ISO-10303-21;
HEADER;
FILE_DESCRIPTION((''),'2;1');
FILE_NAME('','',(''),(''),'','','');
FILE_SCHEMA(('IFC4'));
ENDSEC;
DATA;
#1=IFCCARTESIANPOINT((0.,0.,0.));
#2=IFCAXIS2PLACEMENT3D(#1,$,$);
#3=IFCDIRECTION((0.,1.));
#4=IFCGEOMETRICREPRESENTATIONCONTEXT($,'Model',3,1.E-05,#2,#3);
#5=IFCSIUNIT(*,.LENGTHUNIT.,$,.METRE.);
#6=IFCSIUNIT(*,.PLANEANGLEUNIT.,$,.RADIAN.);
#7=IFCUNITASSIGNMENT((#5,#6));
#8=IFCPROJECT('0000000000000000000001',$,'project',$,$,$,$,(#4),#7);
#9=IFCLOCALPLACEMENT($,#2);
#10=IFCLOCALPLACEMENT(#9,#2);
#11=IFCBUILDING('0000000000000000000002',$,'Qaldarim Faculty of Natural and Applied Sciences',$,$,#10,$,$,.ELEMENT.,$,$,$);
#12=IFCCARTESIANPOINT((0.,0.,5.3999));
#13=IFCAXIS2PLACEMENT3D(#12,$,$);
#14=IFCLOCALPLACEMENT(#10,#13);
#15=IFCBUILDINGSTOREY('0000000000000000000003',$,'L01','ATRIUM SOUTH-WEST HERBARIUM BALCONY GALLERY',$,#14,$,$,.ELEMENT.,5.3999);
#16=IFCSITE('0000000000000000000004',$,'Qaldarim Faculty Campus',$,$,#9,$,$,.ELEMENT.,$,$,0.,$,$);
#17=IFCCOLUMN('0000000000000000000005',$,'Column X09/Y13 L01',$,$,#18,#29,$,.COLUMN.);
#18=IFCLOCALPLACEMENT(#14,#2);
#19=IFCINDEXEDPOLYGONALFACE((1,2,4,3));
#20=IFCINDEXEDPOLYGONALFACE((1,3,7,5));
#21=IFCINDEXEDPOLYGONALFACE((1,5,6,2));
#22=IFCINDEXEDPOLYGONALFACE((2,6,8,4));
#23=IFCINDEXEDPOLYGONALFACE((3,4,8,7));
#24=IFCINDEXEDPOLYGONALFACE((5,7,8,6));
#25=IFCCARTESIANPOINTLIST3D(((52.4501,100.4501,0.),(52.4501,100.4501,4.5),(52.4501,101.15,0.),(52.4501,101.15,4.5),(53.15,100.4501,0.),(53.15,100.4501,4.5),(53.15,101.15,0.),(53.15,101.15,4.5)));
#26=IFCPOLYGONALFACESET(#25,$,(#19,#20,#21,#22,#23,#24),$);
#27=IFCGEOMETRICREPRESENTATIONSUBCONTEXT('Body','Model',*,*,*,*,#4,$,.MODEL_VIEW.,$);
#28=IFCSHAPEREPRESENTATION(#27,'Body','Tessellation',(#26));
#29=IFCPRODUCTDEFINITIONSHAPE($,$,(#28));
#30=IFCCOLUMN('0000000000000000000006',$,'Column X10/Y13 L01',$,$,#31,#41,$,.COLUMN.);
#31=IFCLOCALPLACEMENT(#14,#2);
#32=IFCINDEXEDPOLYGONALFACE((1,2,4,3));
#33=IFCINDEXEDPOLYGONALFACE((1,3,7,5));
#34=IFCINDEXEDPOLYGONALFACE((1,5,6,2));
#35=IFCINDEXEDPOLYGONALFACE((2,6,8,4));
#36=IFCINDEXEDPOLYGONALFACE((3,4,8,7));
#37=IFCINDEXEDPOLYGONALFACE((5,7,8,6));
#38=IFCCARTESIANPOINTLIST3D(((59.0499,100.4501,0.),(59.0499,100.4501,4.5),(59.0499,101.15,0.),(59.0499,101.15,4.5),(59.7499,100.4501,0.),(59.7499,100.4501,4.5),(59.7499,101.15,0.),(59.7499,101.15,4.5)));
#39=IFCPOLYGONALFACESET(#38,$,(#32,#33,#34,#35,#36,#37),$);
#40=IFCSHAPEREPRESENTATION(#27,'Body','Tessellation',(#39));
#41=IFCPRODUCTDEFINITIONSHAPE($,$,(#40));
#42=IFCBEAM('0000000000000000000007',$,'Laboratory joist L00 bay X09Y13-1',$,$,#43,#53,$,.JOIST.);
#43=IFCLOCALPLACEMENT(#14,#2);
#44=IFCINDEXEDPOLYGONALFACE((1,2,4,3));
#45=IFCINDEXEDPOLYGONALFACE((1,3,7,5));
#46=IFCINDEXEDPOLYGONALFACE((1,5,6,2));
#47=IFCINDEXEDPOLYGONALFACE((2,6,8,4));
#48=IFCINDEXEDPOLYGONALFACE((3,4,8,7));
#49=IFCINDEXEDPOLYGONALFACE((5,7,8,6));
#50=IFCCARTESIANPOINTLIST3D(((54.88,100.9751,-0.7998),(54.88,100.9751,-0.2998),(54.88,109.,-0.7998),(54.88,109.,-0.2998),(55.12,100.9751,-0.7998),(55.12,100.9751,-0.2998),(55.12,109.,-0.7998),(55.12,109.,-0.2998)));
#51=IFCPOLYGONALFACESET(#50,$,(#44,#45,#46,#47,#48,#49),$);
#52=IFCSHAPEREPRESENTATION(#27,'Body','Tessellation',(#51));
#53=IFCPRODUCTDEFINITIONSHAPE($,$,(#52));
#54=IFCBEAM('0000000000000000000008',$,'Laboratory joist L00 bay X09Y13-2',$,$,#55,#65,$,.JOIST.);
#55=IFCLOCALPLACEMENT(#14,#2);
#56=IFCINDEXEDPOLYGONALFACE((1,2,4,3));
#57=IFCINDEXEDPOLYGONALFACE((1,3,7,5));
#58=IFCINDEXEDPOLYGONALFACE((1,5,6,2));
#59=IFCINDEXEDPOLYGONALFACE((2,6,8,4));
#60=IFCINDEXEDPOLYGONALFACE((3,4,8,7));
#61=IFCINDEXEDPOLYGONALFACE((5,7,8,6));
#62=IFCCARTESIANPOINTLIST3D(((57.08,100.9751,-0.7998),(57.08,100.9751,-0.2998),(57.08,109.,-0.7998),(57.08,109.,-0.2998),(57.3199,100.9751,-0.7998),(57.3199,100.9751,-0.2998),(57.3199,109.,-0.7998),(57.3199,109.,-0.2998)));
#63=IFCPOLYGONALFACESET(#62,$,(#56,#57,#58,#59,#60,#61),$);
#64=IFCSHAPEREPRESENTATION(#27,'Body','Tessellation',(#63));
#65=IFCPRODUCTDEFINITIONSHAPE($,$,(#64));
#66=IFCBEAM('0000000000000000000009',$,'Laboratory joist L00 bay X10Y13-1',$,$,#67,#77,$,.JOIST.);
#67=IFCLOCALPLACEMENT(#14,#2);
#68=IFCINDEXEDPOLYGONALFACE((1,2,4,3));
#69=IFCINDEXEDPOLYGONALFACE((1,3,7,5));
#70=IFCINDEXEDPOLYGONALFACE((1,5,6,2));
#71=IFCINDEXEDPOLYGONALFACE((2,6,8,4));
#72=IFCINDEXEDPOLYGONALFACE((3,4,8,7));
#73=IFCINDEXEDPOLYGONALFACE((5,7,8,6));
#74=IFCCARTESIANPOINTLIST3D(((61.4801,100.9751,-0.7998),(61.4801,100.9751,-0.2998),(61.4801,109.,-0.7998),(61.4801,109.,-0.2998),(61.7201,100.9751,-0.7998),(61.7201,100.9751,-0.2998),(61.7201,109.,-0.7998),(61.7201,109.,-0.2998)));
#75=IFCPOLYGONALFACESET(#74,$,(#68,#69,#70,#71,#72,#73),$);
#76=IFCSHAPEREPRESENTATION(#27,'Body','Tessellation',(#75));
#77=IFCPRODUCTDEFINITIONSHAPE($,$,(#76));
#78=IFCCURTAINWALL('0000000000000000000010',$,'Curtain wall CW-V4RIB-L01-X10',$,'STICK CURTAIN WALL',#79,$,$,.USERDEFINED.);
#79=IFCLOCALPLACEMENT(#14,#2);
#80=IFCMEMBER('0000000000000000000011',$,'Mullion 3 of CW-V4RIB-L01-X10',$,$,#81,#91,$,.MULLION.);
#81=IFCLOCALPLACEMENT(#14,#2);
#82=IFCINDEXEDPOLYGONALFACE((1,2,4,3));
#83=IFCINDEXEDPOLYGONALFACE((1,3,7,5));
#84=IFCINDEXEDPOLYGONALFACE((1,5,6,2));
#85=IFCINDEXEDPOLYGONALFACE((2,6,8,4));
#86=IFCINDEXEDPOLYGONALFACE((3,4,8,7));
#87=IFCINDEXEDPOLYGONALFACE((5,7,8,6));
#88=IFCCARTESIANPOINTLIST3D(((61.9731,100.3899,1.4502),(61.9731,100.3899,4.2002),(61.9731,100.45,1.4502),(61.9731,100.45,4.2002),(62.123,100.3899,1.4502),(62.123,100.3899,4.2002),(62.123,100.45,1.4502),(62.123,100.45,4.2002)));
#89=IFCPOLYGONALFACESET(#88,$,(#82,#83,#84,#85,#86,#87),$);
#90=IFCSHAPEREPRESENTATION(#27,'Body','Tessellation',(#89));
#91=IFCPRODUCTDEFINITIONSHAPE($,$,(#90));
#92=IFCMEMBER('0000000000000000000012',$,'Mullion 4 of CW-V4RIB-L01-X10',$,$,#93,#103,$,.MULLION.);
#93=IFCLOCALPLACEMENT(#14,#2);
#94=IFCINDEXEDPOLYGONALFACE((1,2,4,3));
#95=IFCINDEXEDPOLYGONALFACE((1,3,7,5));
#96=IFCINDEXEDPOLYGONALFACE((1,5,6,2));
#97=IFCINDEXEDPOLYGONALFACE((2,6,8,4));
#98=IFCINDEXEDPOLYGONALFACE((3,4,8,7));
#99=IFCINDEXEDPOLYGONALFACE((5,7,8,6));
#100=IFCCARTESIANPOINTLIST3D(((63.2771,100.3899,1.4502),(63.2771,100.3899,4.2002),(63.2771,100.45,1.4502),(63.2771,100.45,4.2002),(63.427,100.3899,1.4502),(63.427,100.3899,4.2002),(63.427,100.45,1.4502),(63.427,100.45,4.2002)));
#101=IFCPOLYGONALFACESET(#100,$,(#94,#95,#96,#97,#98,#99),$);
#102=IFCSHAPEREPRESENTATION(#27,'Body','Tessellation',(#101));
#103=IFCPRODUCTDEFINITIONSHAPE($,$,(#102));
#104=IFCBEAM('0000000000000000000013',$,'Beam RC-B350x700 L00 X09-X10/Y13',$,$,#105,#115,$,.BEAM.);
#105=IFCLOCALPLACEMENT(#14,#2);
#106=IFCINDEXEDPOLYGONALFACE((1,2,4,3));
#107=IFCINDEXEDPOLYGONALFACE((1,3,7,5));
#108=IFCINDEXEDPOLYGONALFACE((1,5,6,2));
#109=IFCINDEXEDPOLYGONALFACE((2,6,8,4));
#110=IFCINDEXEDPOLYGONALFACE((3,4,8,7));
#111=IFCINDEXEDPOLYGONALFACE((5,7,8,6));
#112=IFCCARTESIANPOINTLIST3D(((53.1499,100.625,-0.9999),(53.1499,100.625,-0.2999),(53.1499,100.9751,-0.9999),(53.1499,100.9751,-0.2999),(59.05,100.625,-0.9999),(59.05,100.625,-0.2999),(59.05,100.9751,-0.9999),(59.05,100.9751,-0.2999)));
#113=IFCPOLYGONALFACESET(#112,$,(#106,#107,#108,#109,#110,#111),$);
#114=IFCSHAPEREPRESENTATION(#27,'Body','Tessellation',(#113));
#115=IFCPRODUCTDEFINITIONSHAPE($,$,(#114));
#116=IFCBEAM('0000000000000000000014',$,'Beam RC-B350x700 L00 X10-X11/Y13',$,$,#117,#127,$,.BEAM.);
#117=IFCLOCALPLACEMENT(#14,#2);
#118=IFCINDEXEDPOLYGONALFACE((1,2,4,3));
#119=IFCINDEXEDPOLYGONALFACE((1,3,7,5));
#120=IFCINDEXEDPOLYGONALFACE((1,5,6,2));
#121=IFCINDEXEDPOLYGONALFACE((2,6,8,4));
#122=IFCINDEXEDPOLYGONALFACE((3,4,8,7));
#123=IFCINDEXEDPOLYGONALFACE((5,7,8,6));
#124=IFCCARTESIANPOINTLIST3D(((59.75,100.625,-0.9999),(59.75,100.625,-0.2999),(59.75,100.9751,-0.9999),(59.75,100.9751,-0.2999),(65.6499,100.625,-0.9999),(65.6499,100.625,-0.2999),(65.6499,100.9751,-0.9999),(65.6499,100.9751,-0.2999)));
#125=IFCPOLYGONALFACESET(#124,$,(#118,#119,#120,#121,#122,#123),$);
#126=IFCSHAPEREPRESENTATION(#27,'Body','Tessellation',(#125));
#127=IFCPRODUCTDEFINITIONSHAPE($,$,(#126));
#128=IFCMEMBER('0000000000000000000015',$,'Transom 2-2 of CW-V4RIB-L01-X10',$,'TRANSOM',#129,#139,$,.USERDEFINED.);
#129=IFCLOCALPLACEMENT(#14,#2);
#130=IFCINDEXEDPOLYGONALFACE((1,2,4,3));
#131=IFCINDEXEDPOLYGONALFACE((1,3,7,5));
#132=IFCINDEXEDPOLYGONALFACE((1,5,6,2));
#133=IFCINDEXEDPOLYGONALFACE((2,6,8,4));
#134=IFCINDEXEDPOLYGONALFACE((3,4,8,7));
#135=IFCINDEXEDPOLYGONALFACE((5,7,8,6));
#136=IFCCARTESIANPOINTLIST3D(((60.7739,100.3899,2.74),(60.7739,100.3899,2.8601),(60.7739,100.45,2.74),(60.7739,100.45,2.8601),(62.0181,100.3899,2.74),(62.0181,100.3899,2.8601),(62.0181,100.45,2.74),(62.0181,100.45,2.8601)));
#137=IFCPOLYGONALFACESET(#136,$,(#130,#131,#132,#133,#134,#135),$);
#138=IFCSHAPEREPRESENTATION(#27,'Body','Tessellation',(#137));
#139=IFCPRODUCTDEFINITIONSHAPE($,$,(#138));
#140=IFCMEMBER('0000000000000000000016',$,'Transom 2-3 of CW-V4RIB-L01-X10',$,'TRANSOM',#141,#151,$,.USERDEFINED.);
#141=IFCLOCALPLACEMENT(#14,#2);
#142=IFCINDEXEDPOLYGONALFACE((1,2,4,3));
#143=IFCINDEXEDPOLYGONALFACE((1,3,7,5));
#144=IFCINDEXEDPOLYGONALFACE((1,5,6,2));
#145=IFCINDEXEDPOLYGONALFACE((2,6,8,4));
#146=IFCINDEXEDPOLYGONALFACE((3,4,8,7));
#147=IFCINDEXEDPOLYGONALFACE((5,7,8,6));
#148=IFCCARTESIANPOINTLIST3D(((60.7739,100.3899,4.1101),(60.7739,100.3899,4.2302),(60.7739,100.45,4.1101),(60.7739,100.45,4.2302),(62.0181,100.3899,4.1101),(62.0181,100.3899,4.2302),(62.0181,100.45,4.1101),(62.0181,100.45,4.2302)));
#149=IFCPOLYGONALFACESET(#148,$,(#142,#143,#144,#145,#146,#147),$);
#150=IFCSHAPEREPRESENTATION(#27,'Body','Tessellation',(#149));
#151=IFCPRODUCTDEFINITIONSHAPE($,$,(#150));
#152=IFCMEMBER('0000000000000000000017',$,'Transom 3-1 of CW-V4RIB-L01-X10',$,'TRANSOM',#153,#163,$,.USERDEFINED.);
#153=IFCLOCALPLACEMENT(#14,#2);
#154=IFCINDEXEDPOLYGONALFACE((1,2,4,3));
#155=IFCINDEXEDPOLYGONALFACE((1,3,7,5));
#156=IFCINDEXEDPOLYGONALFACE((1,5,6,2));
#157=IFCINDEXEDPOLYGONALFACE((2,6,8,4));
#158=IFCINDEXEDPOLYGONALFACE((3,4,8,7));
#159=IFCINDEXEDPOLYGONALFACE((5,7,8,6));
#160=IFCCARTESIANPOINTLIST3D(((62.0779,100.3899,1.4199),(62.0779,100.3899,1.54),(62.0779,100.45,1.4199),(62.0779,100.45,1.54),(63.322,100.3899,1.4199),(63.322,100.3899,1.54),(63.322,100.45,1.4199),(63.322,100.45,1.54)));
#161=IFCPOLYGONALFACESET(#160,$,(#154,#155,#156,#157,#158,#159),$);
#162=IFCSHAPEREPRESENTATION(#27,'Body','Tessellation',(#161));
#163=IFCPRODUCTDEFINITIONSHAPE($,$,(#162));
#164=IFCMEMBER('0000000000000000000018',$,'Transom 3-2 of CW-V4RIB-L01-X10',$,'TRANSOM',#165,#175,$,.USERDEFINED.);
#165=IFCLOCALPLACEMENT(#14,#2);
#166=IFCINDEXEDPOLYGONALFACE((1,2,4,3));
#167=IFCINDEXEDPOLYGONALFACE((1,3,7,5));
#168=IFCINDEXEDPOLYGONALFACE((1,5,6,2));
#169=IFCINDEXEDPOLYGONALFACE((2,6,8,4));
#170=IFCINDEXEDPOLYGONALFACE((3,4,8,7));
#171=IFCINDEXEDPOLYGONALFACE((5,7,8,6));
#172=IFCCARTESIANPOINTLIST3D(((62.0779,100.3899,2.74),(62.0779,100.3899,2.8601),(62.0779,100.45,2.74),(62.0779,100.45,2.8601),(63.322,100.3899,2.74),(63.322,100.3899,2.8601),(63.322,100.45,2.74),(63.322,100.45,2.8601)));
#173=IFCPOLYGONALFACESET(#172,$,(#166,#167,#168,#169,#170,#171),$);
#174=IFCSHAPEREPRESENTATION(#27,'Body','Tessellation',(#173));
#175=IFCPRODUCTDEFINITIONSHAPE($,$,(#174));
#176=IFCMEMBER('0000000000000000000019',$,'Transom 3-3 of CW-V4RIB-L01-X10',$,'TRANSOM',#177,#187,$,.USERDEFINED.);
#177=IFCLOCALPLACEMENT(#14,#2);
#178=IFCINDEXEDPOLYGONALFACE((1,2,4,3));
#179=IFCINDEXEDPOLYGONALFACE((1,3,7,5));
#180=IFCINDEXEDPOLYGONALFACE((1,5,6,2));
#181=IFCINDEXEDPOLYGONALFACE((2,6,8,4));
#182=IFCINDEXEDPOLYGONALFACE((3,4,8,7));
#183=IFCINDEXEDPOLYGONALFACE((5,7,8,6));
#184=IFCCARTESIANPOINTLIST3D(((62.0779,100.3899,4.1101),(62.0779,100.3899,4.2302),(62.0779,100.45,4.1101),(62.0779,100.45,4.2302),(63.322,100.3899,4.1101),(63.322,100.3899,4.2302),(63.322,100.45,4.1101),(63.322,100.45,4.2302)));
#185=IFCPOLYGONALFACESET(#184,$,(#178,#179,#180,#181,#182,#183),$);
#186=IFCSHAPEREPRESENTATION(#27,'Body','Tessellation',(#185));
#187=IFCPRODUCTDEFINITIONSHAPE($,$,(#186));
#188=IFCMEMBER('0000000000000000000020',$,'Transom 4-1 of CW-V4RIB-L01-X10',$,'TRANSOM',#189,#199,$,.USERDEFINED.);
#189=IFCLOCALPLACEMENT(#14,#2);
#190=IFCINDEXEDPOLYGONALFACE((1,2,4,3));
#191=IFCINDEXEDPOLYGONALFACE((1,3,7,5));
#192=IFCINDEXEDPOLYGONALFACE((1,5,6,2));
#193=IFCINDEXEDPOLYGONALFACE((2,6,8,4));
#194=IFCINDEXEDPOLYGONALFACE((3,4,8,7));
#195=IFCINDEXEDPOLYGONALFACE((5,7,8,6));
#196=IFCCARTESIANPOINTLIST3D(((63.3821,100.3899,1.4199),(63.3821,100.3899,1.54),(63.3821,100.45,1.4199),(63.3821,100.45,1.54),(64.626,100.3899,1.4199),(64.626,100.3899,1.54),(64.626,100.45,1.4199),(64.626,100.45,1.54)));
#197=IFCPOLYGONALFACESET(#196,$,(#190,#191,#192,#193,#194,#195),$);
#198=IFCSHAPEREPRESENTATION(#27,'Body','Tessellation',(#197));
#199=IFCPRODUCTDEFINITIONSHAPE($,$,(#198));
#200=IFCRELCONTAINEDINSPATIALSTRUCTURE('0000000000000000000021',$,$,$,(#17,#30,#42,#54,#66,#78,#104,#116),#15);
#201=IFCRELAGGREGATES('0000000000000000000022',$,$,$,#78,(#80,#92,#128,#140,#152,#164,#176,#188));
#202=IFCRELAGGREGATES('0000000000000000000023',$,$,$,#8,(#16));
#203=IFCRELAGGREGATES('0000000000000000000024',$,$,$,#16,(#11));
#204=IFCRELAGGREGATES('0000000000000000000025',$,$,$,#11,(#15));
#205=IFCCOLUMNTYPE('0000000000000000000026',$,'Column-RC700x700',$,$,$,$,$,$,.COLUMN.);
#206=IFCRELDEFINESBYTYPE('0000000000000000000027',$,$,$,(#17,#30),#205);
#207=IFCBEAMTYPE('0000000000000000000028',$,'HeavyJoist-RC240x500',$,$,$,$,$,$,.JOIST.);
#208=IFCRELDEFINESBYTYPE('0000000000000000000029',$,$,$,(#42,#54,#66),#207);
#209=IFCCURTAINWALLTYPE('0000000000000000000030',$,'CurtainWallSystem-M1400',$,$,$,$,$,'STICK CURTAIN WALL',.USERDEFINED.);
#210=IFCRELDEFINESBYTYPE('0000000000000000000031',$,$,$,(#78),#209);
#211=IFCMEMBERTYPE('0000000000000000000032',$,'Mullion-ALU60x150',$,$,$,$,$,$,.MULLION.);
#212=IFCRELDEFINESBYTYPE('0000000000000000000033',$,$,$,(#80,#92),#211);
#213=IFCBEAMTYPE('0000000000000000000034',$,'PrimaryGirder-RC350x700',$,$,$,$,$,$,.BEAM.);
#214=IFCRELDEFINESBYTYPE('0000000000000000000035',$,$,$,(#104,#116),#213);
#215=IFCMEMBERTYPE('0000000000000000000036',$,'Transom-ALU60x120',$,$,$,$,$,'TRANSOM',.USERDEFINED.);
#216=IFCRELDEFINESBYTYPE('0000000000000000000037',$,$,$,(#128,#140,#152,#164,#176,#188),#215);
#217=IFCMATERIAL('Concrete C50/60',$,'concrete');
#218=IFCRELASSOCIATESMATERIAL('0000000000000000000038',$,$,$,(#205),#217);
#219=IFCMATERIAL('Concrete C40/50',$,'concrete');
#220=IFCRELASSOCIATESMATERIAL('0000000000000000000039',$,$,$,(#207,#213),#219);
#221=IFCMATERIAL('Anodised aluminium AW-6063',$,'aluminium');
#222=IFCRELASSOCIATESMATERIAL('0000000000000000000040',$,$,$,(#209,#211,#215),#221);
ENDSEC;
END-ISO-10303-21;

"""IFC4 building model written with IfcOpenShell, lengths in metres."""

from ifc_helpers import new_model, si_unit, direction, frame, origin, origin_2d, place, context, subcontext, project, spatial, rectangle, extrude, material, material_profile, profile_set, type_object, element, aggregate, save


model = new_model("IFC4")

# Units and contexts
model_context = context("Model", 3, precision=1e-05, world=origin(), true_north=direction((0.0, 1.0)))
body_context = subcontext(model_context, "Body", "Model", "MODEL_VIEW")
ifc_project = project(units=[si_unit("LENGTHUNIT", "METRE"), si_unit("PLANEANGLEUNIT", "RADIAN")], contexts=[model_context])

# Site, building, storey
site_placement = place(None, origin())
site = spatial("IfcSite", under=ifc_project, at=site_placement, Name="Qaldarim Faculty Campus", CompositionType="ELEMENT", RefElevation=0.0)
building_placement = place(site_placement, origin())
building = spatial("IfcBuilding", under=site, at=building_placement, Name="Qaldarim Faculty of Natural and Applied Sciences", CompositionType="ELEMENT")
storey_placement = place(building_placement, frame((0.0, 0.0, 5.3999)))
storey = spatial("IfcBuildingStorey", under=building, at=storey_placement, Name="L01", Description="ATRIUM SOUTH-WEST HERBARIUM BALCONY GALLERY", CompositionType="ELEMENT", Elevation=5.3999)

# Columns
ifc_material_1 = material(Name="Concrete C50/60", Category="concrete")
ifc_material_profile_1 = material_profile(ifc_material_1, rectangle(XDim=0.7, YDim=0.7, at=origin_2d()), Name="RC-C700x700")
ifc_profile_set_1 = profile_set([ifc_material_profile_1], Name="Concrete C50/60")
column_type = type_object("IfcColumnType", Name="Column-RC700x700", PredefinedType="COLUMN", material=ifc_profile_set_1)
for number, where, z_axis, x_axis, name in (
    (1, (52.8, 100.8, 0.0), (0.0, 0.0, 1.0), (1.0, 0.0, 0.0), "Column X09/Y13 L01"),
    (2, (59.3999, 100.8, 0.0), (0.0, 0.0, 1.0), (1.0, 0.0, 0.0), "Column X10/Y13 L01"),
):
    element("IfcColumn", number, at=place(storey_placement, frame(where, z_axis=z_axis, x_axis=x_axis)), inside=storey, type_object=column_type, Name=name, PredefinedType="COLUMN", context=body_context, shape_type="SweptSolid", body=[
        extrude(rectangle(XDim=0.7, YDim=0.7, at=origin_2d()), origin(), (0.0, 0.0, 1.0), 4.5),
    ])

# Beams
ifc_material_2 = material(Name="Concrete C40/50", Category="concrete")
ifc_material_profile_2 = material_profile(ifc_material_2, rectangle(XDim=0.24, YDim=0.5, at=origin_2d()), Name="RC-J240x500")
ifc_profile_set_2 = profile_set([ifc_material_profile_2], Name="Concrete C40/50")
beam_type_1 = type_object("IfcBeamType", Name="HeavyJoist-RC240x500", PredefinedType="JOIST", material=ifc_profile_set_2)
for number, where, z_axis, x_axis, name in (
    (3, (55.0, 100.9751, -0.5498), (0.0, 1.0, 0.0), (-1.0, 0.0, 0.0), "Laboratory joist L00 bay X09Y13-1"),
    (4, (57.2, 100.9751, -0.5498), (0.0, 1.0, 0.0), (-1.0, 0.0, 0.0), "Laboratory joist L00 bay X09Y13-2"),
    (5, (61.6001, 100.9751, -0.5498), (0.0, 1.0, 0.0), (-1.0, 0.0, 0.0), "Laboratory joist L00 bay X10Y13-1"),
):
    element("IfcBeam", number, at=place(storey_placement, frame(where, z_axis=z_axis, x_axis=x_axis)), inside=storey, type_object=beam_type_1, Name=name, PredefinedType="JOIST", context=body_context, shape_type="SweptSolid", body=[
        extrude(rectangle(XDim=0.24, YDim=0.5, at=origin_2d()), origin(), (0.0, 0.0, 1.0), 8.0249),
    ])

# Curtain wall, members
ifc_material_3 = material(Name="Anodised aluminium AW-6063", Category="aluminium")
curtain_wall_type = type_object("IfcCurtainWallType", Name="CurtainWallSystem-M1400", ElementType="STICK CURTAIN WALL", PredefinedType="USERDEFINED", material=ifc_material_3)
curtain_wall_placement = place(storey_placement, origin())
curtain_wall = element("IfcCurtainWall", 6, at=curtain_wall_placement, inside=storey, type_object=curtain_wall_type, Name="Curtain wall CW-V4RIB-L01-X10", ObjectType="STICK CURTAIN WALL", PredefinedType="USERDEFINED")
ifc_material_profile_3 = material_profile(ifc_material_3, rectangle(XDim=0.0601, YDim=0.1499, at=origin_2d()), Name="ALU-M60x150")
ifc_profile_set_3 = profile_set([ifc_material_profile_3], Name="Anodised aluminium AW-6063")
member_type_1 = type_object("IfcMemberType", Name="Mullion-ALU60x150", PredefinedType="MULLION", material=ifc_profile_set_3)
member_1_placement = place(storey_placement, frame((62.0481, 100.4199, 1.4502), z_axis=(0.0, 0.0, 1.0), x_axis=(0.0, 1.0, 0.0)))
member_1 = element("IfcMember", 7, at=member_1_placement, type_object=member_type_1, Name="Mullion 3 of CW-V4RIB-L01-X10", PredefinedType="MULLION", context=body_context, shape_type="SweptSolid", body=[
    extrude(rectangle(XDim=0.0601, YDim=0.1499, at=origin_2d()), origin(), (0.0, 0.0, 1.0), 2.75),
])
member_2_placement = place(storey_placement, frame((63.3521, 100.4199, 1.4502), z_axis=(0.0, 0.0, 1.0), x_axis=(0.0, 1.0, 0.0)))
member_2 = element("IfcMember", 8, at=member_2_placement, type_object=member_type_1, Name="Mullion 4 of CW-V4RIB-L01-X10", PredefinedType="MULLION", context=body_context, shape_type="SweptSolid", body=[
    extrude(rectangle(XDim=0.0601, YDim=0.1499, at=origin_2d()), origin(), (0.0, 0.0, 1.0), 2.75),
])

# Beams
ifc_material_profile_4 = material_profile(ifc_material_2, rectangle(XDim=0.3501, YDim=0.7, at=origin_2d()), Name="RC-B350x700")
ifc_profile_set_4 = profile_set([ifc_material_profile_4], Name="Concrete C40/50")
beam_type_2 = type_object("IfcBeamType", Name="PrimaryGirder-RC350x700", PredefinedType="BEAM", material=ifc_profile_set_4)
beam_1_placement = place(storey_placement, frame((53.1499, 100.8, -0.6499), z_axis=(1.0, 0.0, 0.0), x_axis=(0.0, 1.0, 0.0)))
element("IfcBeam", 9, at=beam_1_placement, inside=storey, type_object=beam_type_2, Name="Beam RC-B350x700 L00 X09-X10/Y13", PredefinedType="BEAM", context=body_context, shape_type="SweptSolid", body=[
    extrude(rectangle(XDim=0.3501, YDim=0.7, at=origin_2d()), origin(), (0.0, 0.0, 1.0), 5.9001),
])
beam_2_placement = place(storey_placement, frame((59.75, 100.8, -0.6499), z_axis=(1.0, 0.0, 0.0), x_axis=(0.0, 1.0, 0.0)))
element("IfcBeam", 10, at=beam_2_placement, inside=storey, type_object=beam_type_2, Name="Beam RC-B350x700 L00 X10-X11/Y13", PredefinedType="BEAM", context=body_context, shape_type="SweptSolid", body=[
    extrude(rectangle(XDim=0.3501, YDim=0.7, at=origin_2d()), origin(), (0.0, 0.0, 1.0), 5.8999),
])

# Members
ifc_material_profile_5 = material_profile(ifc_material_3, rectangle(XDim=0.0601, YDim=0.1201, at=origin_2d()), Name="ALU-T60x120")
ifc_profile_set_5 = profile_set([ifc_material_profile_5], Name="Anodised aluminium AW-6063")
member_type_2 = type_object("IfcMemberType", Name="Transom-ALU60x120", ElementType="TRANSOM", PredefinedType="USERDEFINED", material=ifc_profile_set_5)
member_3_placement = place(storey_placement, frame((60.7739, 100.4199, 2.8), z_axis=(1.0, 0.0, 0.0), x_axis=(0.0, 1.0, 0.0)))
member_3 = element("IfcMember", 11, at=member_3_placement, type_object=member_type_2, Name="Transom 2-2 of CW-V4RIB-L01-X10", ObjectType="TRANSOM", PredefinedType="USERDEFINED", context=body_context, shape_type="SweptSolid", body=[
    extrude(rectangle(XDim=0.0601, YDim=0.1201, at=origin_2d()), origin(), (0.0, 0.0, 1.0), 1.2441),
])
member_4_placement = place(storey_placement, frame((60.7739, 100.4199, 4.1702), z_axis=(1.0, 0.0, 0.0), x_axis=(0.0, 1.0, 0.0)))
member_4 = element("IfcMember", 12, at=member_4_placement, type_object=member_type_2, Name="Transom 2-3 of CW-V4RIB-L01-X10", ObjectType="TRANSOM", PredefinedType="USERDEFINED", context=body_context, shape_type="SweptSolid", body=[
    extrude(rectangle(XDim=0.0601, YDim=0.1201, at=origin_2d()), origin(), (0.0, 0.0, 1.0), 1.2441),
])
member_5_placement = place(storey_placement, frame((62.0779, 100.4199, 1.48), z_axis=(1.0, 0.0, 0.0), x_axis=(0.0, 1.0, 0.0)))
member_5 = element("IfcMember", 13, at=member_5_placement, type_object=member_type_2, Name="Transom 3-1 of CW-V4RIB-L01-X10", ObjectType="TRANSOM", PredefinedType="USERDEFINED", context=body_context, shape_type="SweptSolid", body=[
    extrude(rectangle(XDim=0.0601, YDim=0.1201, at=origin_2d()), origin(), (0.0, 0.0, 1.0), 1.2441),
])
member_6_placement = place(storey_placement, frame((62.0779, 100.4199, 2.8), z_axis=(1.0, 0.0, 0.0), x_axis=(0.0, 1.0, 0.0)))
member_6 = element("IfcMember", 14, at=member_6_placement, type_object=member_type_2, Name="Transom 3-2 of CW-V4RIB-L01-X10", ObjectType="TRANSOM", PredefinedType="USERDEFINED", context=body_context, shape_type="SweptSolid", body=[
    extrude(rectangle(XDim=0.0601, YDim=0.1201, at=origin_2d()), origin(), (0.0, 0.0, 1.0), 1.2441),
])
member_7_placement = place(storey_placement, frame((62.0779, 100.4199, 4.1702), z_axis=(1.0, 0.0, 0.0), x_axis=(0.0, 1.0, 0.0)))
member_7 = element("IfcMember", 15, at=member_7_placement, type_object=member_type_2, Name="Transom 3-3 of CW-V4RIB-L01-X10", ObjectType="TRANSOM", PredefinedType="USERDEFINED", context=body_context, shape_type="SweptSolid", body=[
    extrude(rectangle(XDim=0.0601, YDim=0.1201, at=origin_2d()), origin(), (0.0, 0.0, 1.0), 1.2441),
])
member_8_placement = place(storey_placement, frame((63.3821, 100.4199, 1.48), z_axis=(1.0, 0.0, 0.0), x_axis=(0.0, 1.0, 0.0)))
member_8 = element("IfcMember", 16, at=member_8_placement, type_object=member_type_2, Name="Transom 4-1 of CW-V4RIB-L01-X10", ObjectType="TRANSOM", PredefinedType="USERDEFINED", context=body_context, shape_type="SweptSolid", body=[
    extrude(rectangle(XDim=0.0601, YDim=0.1201, at=origin_2d()), origin(), (0.0, 0.0, 1.0), 1.2439),
])

aggregate(curtain_wall, [member_1, member_2, member_3, member_4, member_5, member_6, member_7, member_8])

save(model, "model.ifc")
